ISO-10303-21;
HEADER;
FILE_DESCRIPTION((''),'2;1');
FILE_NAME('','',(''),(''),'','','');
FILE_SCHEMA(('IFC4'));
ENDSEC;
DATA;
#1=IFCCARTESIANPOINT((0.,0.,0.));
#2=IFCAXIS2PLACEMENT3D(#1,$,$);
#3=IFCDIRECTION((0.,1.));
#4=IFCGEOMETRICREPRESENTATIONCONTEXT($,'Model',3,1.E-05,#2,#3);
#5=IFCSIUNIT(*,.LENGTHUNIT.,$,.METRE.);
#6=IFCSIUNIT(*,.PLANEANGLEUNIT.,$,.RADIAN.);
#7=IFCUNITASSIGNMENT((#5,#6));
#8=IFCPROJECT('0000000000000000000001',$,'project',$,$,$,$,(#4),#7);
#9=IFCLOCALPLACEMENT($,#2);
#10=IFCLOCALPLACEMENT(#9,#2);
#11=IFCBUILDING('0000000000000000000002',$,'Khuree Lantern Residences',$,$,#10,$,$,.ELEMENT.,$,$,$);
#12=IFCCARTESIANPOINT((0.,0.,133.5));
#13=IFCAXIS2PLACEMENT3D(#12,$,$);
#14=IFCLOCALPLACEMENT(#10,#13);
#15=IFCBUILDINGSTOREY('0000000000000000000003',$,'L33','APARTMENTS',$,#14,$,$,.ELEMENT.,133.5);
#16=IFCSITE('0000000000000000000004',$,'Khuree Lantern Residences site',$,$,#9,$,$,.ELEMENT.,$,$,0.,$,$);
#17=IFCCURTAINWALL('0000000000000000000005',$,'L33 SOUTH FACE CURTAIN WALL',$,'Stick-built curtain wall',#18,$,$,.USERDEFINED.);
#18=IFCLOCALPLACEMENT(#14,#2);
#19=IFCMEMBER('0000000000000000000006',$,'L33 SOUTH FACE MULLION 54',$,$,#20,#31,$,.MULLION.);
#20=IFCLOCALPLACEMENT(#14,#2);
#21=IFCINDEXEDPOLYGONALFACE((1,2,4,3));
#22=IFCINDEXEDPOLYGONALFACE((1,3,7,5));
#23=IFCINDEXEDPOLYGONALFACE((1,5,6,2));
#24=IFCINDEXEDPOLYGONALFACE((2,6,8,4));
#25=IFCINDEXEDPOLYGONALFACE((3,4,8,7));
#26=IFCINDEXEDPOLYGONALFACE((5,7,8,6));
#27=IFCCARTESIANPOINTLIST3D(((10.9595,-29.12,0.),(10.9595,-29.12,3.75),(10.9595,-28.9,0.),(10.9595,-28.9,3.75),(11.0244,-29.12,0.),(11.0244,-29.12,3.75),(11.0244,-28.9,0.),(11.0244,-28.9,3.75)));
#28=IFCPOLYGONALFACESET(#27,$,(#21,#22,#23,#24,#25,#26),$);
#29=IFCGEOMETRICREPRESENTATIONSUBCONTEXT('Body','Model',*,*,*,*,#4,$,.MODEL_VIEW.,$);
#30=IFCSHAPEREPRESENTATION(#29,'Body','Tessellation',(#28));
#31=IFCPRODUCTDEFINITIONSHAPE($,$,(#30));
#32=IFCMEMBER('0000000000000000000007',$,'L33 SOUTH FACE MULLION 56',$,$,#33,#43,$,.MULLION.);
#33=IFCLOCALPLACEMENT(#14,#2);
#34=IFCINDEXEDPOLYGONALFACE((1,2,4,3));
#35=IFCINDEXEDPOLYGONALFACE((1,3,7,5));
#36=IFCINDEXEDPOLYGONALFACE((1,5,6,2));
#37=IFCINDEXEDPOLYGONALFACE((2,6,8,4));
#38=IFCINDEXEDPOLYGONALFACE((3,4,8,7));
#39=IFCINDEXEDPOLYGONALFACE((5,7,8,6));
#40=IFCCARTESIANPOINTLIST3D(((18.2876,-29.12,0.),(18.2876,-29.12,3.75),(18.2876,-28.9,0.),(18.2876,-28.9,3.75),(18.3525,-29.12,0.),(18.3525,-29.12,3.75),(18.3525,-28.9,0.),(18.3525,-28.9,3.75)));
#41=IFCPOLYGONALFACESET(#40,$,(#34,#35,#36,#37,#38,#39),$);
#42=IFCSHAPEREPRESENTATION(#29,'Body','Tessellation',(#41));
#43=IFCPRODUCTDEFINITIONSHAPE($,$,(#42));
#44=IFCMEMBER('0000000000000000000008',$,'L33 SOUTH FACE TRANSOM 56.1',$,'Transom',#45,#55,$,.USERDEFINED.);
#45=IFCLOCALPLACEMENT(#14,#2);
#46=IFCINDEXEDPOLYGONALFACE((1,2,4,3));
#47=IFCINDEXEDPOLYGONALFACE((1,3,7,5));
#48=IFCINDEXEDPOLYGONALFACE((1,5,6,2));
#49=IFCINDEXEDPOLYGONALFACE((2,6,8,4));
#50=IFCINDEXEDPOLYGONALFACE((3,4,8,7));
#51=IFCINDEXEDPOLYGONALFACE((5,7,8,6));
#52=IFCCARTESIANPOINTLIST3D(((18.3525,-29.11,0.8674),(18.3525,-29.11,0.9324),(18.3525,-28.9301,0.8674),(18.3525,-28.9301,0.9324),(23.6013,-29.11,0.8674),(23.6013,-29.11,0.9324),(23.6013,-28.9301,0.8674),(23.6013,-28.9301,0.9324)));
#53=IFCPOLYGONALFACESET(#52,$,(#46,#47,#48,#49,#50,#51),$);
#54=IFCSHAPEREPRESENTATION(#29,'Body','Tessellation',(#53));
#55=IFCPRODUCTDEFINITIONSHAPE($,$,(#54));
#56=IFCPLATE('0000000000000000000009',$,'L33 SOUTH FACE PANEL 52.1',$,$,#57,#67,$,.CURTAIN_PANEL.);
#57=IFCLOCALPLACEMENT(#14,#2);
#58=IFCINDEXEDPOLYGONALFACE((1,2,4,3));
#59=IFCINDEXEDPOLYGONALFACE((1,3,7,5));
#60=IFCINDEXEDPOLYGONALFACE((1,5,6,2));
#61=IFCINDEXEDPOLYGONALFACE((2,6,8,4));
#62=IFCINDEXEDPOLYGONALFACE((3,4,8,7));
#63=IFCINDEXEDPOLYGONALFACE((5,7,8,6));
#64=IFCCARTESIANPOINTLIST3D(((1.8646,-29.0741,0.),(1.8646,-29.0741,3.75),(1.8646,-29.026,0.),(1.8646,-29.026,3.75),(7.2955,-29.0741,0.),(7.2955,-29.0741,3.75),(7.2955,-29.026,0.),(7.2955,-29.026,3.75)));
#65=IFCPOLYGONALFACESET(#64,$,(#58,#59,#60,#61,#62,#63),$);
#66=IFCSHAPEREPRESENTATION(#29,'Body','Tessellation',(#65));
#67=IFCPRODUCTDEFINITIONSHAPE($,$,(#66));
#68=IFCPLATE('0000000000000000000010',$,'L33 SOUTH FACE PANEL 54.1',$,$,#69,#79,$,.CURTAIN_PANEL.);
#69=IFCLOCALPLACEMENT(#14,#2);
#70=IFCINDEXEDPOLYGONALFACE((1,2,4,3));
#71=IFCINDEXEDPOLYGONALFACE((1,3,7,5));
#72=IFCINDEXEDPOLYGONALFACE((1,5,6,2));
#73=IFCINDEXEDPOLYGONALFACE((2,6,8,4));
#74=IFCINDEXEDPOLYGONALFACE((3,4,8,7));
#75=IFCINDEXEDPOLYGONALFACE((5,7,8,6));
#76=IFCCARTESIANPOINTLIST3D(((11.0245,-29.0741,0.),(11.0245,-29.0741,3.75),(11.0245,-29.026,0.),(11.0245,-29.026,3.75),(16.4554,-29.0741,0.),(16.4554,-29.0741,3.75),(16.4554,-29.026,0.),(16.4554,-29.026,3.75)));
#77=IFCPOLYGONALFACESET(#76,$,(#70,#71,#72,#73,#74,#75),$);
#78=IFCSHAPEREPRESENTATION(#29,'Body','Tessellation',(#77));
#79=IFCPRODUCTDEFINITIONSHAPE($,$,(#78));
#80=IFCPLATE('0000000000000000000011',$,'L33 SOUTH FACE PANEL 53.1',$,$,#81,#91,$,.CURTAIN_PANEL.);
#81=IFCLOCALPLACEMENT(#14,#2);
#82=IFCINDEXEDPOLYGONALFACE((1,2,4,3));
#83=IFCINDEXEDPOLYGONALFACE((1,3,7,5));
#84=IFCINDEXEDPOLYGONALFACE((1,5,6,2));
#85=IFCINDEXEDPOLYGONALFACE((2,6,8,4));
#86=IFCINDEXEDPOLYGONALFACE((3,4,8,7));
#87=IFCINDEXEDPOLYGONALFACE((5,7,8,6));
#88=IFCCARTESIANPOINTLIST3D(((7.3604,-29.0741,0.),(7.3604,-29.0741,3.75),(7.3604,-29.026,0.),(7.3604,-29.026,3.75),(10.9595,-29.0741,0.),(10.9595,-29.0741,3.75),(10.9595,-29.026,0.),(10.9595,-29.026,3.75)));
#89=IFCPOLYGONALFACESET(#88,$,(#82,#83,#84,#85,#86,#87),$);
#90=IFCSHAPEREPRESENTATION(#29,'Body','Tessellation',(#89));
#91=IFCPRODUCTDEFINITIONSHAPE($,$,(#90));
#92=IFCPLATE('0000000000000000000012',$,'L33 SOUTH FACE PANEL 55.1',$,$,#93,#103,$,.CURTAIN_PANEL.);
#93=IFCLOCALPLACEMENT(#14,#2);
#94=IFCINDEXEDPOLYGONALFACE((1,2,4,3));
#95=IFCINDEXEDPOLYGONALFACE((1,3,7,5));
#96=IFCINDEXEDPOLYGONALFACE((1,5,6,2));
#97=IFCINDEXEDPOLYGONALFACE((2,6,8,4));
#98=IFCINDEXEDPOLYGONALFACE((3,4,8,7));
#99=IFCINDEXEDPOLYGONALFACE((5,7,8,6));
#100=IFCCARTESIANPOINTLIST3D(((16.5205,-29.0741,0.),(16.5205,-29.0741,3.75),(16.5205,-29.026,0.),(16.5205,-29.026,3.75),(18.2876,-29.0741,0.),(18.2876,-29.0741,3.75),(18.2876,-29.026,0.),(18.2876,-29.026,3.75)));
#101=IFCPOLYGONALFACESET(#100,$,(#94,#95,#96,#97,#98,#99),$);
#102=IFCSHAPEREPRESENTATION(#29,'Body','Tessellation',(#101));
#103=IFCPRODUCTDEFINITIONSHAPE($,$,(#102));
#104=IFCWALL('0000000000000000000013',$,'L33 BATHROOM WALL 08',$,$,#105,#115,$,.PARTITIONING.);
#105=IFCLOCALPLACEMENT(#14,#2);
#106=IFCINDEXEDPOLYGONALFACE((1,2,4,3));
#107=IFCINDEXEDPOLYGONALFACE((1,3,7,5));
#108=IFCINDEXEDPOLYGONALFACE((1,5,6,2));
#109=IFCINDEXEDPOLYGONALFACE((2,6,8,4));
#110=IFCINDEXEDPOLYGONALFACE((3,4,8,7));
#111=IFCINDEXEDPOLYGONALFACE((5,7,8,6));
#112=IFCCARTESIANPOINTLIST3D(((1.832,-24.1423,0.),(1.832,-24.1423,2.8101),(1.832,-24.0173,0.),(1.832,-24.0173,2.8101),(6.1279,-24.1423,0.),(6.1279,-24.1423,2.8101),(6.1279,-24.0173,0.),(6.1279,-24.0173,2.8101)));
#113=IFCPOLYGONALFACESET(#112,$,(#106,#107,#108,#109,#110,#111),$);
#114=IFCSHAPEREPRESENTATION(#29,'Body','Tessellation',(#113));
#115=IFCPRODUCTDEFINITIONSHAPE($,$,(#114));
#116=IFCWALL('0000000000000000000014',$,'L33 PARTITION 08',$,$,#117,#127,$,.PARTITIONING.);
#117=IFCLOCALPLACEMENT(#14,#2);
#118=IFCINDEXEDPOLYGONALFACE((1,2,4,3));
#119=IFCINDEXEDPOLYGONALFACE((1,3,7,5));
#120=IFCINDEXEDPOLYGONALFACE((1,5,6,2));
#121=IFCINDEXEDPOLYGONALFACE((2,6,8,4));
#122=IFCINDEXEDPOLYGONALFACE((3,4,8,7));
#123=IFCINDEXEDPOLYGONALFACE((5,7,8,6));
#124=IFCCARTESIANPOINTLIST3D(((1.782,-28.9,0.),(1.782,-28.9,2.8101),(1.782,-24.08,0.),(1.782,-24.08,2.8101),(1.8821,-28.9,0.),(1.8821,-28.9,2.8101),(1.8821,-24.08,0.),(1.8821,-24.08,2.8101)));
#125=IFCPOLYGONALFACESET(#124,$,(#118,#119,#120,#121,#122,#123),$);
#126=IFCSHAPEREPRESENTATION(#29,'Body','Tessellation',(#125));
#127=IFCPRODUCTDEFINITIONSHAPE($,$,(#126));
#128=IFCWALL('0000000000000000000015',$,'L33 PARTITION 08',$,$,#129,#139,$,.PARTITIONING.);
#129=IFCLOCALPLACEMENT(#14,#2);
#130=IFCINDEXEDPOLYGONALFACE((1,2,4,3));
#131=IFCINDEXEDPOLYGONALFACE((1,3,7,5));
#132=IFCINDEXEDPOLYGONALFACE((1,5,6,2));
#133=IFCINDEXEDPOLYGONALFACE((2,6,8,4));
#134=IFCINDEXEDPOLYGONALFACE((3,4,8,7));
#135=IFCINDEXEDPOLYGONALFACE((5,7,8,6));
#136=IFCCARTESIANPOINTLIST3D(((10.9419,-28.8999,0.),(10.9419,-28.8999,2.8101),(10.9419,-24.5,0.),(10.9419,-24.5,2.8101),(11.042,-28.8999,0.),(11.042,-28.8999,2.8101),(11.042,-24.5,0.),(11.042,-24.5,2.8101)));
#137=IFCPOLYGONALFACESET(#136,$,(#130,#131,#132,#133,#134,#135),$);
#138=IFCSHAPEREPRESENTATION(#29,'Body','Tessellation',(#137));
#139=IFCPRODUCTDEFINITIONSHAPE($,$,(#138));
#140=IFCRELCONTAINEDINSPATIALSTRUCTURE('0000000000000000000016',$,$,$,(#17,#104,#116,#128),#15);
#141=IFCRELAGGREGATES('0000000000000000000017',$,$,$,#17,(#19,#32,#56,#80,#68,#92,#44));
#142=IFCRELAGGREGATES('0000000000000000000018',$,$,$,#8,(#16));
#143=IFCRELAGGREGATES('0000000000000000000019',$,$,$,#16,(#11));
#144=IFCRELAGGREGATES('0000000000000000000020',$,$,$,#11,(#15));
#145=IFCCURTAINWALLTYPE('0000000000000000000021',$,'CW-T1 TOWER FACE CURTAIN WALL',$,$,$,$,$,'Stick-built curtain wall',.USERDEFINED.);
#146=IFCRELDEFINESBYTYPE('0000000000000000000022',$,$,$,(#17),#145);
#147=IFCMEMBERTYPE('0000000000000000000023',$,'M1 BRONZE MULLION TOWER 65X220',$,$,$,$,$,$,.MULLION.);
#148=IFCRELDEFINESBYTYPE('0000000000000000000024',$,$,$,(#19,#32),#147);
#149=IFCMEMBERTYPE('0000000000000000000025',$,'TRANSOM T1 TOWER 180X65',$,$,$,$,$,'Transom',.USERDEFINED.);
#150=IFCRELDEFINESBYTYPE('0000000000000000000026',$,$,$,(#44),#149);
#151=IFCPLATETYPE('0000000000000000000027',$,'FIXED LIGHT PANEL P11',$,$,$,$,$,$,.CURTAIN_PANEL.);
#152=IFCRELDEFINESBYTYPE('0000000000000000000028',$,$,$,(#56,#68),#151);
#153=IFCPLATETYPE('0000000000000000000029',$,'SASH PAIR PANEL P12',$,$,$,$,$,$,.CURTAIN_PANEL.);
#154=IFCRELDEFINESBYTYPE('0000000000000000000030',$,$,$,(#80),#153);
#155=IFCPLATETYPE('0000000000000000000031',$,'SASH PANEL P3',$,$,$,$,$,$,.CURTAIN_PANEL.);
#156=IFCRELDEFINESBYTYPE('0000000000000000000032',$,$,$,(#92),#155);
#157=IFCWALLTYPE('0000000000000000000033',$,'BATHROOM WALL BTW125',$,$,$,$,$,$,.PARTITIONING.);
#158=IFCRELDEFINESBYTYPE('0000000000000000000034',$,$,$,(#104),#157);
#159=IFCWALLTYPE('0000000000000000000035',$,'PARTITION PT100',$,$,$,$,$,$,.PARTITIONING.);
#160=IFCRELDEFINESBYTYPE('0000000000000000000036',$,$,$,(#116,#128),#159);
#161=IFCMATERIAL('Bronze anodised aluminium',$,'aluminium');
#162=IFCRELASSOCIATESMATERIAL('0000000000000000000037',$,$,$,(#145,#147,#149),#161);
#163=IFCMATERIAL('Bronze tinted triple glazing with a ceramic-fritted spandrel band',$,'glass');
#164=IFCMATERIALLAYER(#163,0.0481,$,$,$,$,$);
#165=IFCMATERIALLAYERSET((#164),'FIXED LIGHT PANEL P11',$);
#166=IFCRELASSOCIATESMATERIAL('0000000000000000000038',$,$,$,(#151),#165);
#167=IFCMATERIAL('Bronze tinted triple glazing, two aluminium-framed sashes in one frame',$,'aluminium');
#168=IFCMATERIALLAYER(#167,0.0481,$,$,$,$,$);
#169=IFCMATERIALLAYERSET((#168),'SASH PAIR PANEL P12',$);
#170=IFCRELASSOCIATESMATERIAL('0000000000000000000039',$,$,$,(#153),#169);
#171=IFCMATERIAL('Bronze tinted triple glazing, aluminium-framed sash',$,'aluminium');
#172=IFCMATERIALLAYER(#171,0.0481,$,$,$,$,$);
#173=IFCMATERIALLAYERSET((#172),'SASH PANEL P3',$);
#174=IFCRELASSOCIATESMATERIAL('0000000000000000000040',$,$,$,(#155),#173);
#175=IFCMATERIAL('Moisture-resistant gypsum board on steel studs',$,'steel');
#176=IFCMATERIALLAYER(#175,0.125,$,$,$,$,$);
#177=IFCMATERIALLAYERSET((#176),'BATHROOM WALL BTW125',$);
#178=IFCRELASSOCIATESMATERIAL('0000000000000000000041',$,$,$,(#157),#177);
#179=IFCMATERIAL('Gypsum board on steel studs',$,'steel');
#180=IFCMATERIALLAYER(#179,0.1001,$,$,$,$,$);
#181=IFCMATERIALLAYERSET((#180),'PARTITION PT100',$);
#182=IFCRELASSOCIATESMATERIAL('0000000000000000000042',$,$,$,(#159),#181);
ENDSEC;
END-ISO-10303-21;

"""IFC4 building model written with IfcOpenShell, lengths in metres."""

from ifc_helpers import new_model, si_unit, direction, frame, frame_2d, origin, origin_2d, place, context, subcontext, project, spatial, rectangle, extrude, material, layer, layer_set, material_profile, profile_set, type_object, element, aggregate, save


model = new_model("IFC4")

# Units and contexts
model_context = context("Model", 3, precision=1e-05, world=origin(), true_north=direction((0.0, 1.0)))
body_context = subcontext(model_context, "Body", "Model", "MODEL_VIEW")
ifc_project = project(units=[si_unit("LENGTHUNIT", "METRE"), si_unit("PLANEANGLEUNIT", "RADIAN")], contexts=[model_context])

# Site, building, storey
site_placement = place(None, origin())
site = spatial("IfcSite", under=ifc_project, at=site_placement, Name="Khuree Lantern Residences site", CompositionType="ELEMENT", RefElevation=0.0)
building_placement = place(site_placement, origin())
building = spatial("IfcBuilding", under=site, at=building_placement, Name="Khuree Lantern Residences", CompositionType="ELEMENT")
storey_placement = place(building_placement, frame((0.0, 0.0, 133.5)))
storey = spatial("IfcBuildingStorey", under=building, at=storey_placement, Name="L33", Description="APARTMENTS", CompositionType="ELEMENT", Elevation=133.5)

# Curtain wall
ifc_material_1 = material(Name="Bronze anodised aluminium", Category="aluminium")
curtain_wall_type = type_object("IfcCurtainWallType", Name="CW-T1 TOWER FACE CURTAIN WALL", ElementType="Stick-built curtain wall", PredefinedType="USERDEFINED", material=ifc_material_1)
curtain_wall_placement = place(storey_placement, origin())
curtain_wall = element("IfcCurtainWall", 1, at=curtain_wall_placement, inside=storey, type_object=curtain_wall_type, Name="L33 SOUTH FACE CURTAIN WALL", ObjectType="Stick-built curtain wall", PredefinedType="USERDEFINED")

# Members
ifc_material_profile_1 = material_profile(ifc_material_1, rectangle(XDim=0.0649, YDim=0.22, at=origin_2d()), Name="M1 65X220")
ifc_profile_set_1 = profile_set([ifc_material_profile_1], Name="Bronze anodised aluminium")
member_type_1 = type_object("IfcMemberType", Name="M1 BRONZE MULLION TOWER 65X220", PredefinedType="MULLION", material=ifc_profile_set_1)
member_1_placement = place(storey_placement, frame((10.9919, -29.01, 0.0), z_axis=(0.0, 0.0, 1.0), x_axis=(1.0, 0.0, 0.0)))
member_1 = element("IfcMember", 2, at=member_1_placement, type_object=member_type_1, Name="L33 SOUTH FACE MULLION 54", PredefinedType="MULLION", context=body_context, shape_type="SweptSolid", body=[
    extrude(rectangle(XDim=0.0649, YDim=0.22, at=origin_2d()), origin(), (0.0, 0.0, 1.0), 3.75),
])
member_2_placement = place(storey_placement, frame((18.3201, -29.01, 0.0), z_axis=(0.0, 0.0, 1.0), x_axis=(1.0, 0.0, 0.0)))
member_2 = element("IfcMember", 3, at=member_2_placement, type_object=member_type_1, Name="L33 SOUTH FACE MULLION 56", PredefinedType="MULLION", context=body_context, shape_type="SweptSolid", body=[
    extrude(rectangle(XDim=0.0649, YDim=0.22, at=origin_2d()), origin(), (0.0, 0.0, 1.0), 3.75),
])
ifc_material_profile_2 = material_profile(ifc_material_1, rectangle(XDim=0.1799, YDim=0.0649, at=origin_2d()), Name="T1 180X65")
ifc_profile_set_2 = profile_set([ifc_material_profile_2], Name="Bronze anodised aluminium")
member_type_2 = type_object("IfcMemberType", Name="TRANSOM T1 TOWER 180X65", ElementType="Transom", PredefinedType="USERDEFINED", material=ifc_profile_set_2)
member_3_placement = place(storey_placement, frame((18.3525, -29.02, 0.8999), z_axis=(1.0, 0.0, 0.0), x_axis=(0.0, 1.0, 0.0)))
member_3 = element("IfcMember", 4, at=member_3_placement, type_object=member_type_2, Name="L33 SOUTH FACE TRANSOM 56.1", ObjectType="Transom", PredefinedType="USERDEFINED", context=body_context, shape_type="SweptSolid", body=[
    extrude(rectangle(XDim=0.1799, YDim=0.0649, at=origin_2d()), origin(), (0.0, 0.0, 1.0), 5.2488),
])

# Plates
ifc_material_2 = material(Name="Bronze tinted triple glazing with a ceramic-fritted spandrel band", Category="glass")
ifc_layer_1 = layer(ifc_material_2, 0.0481)
ifc_layer_set_1 = layer_set([ifc_layer_1], Name="FIXED LIGHT PANEL P11")
plate_type_1 = type_object("IfcPlateType", Name="FIXED LIGHT PANEL P11", PredefinedType="CURTAIN_PANEL", material=ifc_layer_set_1)
plate_1_placement = place(storey_placement, frame((4.5801, -29.05, 0.0), z_axis=(0.0, 0.0, 1.0), x_axis=(1.0, 0.0, 0.0)))
plate_1 = element("IfcPlate", 5, at=plate_1_placement, type_object=plate_type_1, Name="L33 SOUTH FACE PANEL 52.1", PredefinedType="CURTAIN_PANEL", context=body_context, shape_type="SweptSolid", body=[
    extrude(rectangle(XDim=5.4309, YDim=0.0481, at=origin_2d()), origin(), (0.0, 0.0, 1.0), 3.75),
])
plate_2_placement = place(storey_placement, frame((13.74, -29.05, 0.0), z_axis=(0.0, 0.0, 1.0), x_axis=(1.0, 0.0, 0.0)))
plate_2 = element("IfcPlate", 6, at=plate_2_placement, type_object=plate_type_1, Name="L33 SOUTH FACE PANEL 54.1", PredefinedType="CURTAIN_PANEL", context=body_context, shape_type="SweptSolid", body=[
    extrude(rectangle(XDim=5.4309, YDim=0.0481, at=origin_2d()), origin(), (0.0, 0.0, 1.0), 3.75),
])
ifc_material_3 = material(Name="Bronze tinted triple glazing, two aluminium-framed sashes in one frame", Category="aluminium")
ifc_layer_2 = layer(ifc_material_3, 0.0481)
ifc_layer_set_2 = layer_set([ifc_layer_2], Name="SASH PAIR PANEL P12")
plate_type_2 = type_object("IfcPlateType", Name="SASH PAIR PANEL P12", PredefinedType="CURTAIN_PANEL", material=ifc_layer_set_2)
plate_3_placement = place(storey_placement, frame((9.1599, -29.05, 0.0), z_axis=(0.0, 0.0, 1.0), x_axis=(1.0, 0.0, 0.0)))
plate_3 = element("IfcPlate", 7, at=plate_3_placement, type_object=plate_type_2, Name="L33 SOUTH FACE PANEL 53.1", PredefinedType="CURTAIN_PANEL", context=body_context, shape_type="SweptSolid", body=[
    extrude(rectangle(XDim=3.5991, YDim=0.0481, at=origin_2d()), origin(), (0.0, 0.0, 1.0), 3.75),
])
ifc_material_4 = material(Name="Bronze tinted triple glazing, aluminium-framed sash", Category="aluminium")
ifc_layer_3 = layer(ifc_material_4, 0.0481)
ifc_layer_set_3 = layer_set([ifc_layer_3], Name="SASH PANEL P3")
plate_type_3 = type_object("IfcPlateType", Name="SASH PANEL P3", PredefinedType="CURTAIN_PANEL", material=ifc_layer_set_3)
plate_4_placement = place(storey_placement, frame((17.4041, -29.05, 0.0), z_axis=(0.0, 0.0, 1.0), x_axis=(1.0, 0.0, 0.0)))
plate_4 = element("IfcPlate", 8, at=plate_4_placement, type_object=plate_type_3, Name="L33 SOUTH FACE PANEL 55.1", PredefinedType="CURTAIN_PANEL", context=body_context, shape_type="SweptSolid", body=[
    extrude(rectangle(XDim=1.7671, YDim=0.0481, at=origin_2d()), origin(), (0.0, 0.0, 1.0), 3.75),
])
aggregate(curtain_wall, [member_1, member_2, plate_1, plate_3, plate_2, plate_4, member_3])

# Walls
ifc_material_5 = material(Name="Moisture-resistant gypsum board on steel studs", Category="steel")
ifc_layer_4 = layer(ifc_material_5, 0.125)
ifc_layer_set_4 = layer_set([ifc_layer_4], Name="BATHROOM WALL BTW125")
wall_type_1 = type_object("IfcWallType", Name="BATHROOM WALL BTW125", PredefinedType="PARTITIONING", material=ifc_layer_set_4)
wall_1_placement = place(storey_placement, frame((1.832, -24.0798, 0.0), z_axis=(0.0, 0.0, 1.0), x_axis=(1.0, 0.0, 0.0)))
element("IfcWall", 9, at=wall_1_placement, inside=storey, type_object=wall_type_1, Name="L33 BATHROOM WALL 08", PredefinedType="PARTITIONING", context=body_context, shape_type="SweptSolid", body=[
    extrude(rectangle(XDim=4.2959, YDim=0.125, at=frame_2d((2.1479, 0.0))), origin(), (0.0, 0.0, 1.0), 2.8101),
])
ifc_material_6 = material(Name="Gypsum board on steel studs", Category="steel")
ifc_layer_5 = layer(ifc_material_6, 0.1001)
ifc_layer_set_5 = layer_set([ifc_layer_5], Name="PARTITION PT100")
wall_type_2 = type_object("IfcWallType", Name="PARTITION PT100", PredefinedType="PARTITIONING", material=ifc_layer_set_5)
wall_2_placement = place(storey_placement, frame((1.832, -24.0798, 0.0), z_axis=(0.0, 0.0, 1.0), x_axis=(0.0, -1.0, 0.0)))
element("IfcWall", 10, at=wall_2_placement, inside=storey, type_object=wall_type_2, Name="L33 PARTITION 08", PredefinedType="PARTITIONING", context=body_context, shape_type="SweptSolid", body=[
    extrude(rectangle(XDim=4.8201, YDim=0.1001, at=frame_2d((2.4102, 0.0))), origin(), (0.0, 0.0, 1.0), 2.8101),
])
wall_3_placement = place(storey_placement, frame((10.9919, -24.5, 0.0), z_axis=(0.0, 0.0, 1.0), x_axis=(0.0, -1.0, 0.0)))
element("IfcWall", 11, at=wall_3_placement, inside=storey, type_object=wall_type_2, Name="L33 PARTITION 08", PredefinedType="PARTITIONING", context=body_context, shape_type="SweptSolid", body=[
    extrude(rectangle(XDim=4.3999, YDim=0.1001, at=frame_2d((2.2, 0.0))), origin(), (0.0, 0.0, 1.0), 2.8101),
])

save(model, "model.ifc")
